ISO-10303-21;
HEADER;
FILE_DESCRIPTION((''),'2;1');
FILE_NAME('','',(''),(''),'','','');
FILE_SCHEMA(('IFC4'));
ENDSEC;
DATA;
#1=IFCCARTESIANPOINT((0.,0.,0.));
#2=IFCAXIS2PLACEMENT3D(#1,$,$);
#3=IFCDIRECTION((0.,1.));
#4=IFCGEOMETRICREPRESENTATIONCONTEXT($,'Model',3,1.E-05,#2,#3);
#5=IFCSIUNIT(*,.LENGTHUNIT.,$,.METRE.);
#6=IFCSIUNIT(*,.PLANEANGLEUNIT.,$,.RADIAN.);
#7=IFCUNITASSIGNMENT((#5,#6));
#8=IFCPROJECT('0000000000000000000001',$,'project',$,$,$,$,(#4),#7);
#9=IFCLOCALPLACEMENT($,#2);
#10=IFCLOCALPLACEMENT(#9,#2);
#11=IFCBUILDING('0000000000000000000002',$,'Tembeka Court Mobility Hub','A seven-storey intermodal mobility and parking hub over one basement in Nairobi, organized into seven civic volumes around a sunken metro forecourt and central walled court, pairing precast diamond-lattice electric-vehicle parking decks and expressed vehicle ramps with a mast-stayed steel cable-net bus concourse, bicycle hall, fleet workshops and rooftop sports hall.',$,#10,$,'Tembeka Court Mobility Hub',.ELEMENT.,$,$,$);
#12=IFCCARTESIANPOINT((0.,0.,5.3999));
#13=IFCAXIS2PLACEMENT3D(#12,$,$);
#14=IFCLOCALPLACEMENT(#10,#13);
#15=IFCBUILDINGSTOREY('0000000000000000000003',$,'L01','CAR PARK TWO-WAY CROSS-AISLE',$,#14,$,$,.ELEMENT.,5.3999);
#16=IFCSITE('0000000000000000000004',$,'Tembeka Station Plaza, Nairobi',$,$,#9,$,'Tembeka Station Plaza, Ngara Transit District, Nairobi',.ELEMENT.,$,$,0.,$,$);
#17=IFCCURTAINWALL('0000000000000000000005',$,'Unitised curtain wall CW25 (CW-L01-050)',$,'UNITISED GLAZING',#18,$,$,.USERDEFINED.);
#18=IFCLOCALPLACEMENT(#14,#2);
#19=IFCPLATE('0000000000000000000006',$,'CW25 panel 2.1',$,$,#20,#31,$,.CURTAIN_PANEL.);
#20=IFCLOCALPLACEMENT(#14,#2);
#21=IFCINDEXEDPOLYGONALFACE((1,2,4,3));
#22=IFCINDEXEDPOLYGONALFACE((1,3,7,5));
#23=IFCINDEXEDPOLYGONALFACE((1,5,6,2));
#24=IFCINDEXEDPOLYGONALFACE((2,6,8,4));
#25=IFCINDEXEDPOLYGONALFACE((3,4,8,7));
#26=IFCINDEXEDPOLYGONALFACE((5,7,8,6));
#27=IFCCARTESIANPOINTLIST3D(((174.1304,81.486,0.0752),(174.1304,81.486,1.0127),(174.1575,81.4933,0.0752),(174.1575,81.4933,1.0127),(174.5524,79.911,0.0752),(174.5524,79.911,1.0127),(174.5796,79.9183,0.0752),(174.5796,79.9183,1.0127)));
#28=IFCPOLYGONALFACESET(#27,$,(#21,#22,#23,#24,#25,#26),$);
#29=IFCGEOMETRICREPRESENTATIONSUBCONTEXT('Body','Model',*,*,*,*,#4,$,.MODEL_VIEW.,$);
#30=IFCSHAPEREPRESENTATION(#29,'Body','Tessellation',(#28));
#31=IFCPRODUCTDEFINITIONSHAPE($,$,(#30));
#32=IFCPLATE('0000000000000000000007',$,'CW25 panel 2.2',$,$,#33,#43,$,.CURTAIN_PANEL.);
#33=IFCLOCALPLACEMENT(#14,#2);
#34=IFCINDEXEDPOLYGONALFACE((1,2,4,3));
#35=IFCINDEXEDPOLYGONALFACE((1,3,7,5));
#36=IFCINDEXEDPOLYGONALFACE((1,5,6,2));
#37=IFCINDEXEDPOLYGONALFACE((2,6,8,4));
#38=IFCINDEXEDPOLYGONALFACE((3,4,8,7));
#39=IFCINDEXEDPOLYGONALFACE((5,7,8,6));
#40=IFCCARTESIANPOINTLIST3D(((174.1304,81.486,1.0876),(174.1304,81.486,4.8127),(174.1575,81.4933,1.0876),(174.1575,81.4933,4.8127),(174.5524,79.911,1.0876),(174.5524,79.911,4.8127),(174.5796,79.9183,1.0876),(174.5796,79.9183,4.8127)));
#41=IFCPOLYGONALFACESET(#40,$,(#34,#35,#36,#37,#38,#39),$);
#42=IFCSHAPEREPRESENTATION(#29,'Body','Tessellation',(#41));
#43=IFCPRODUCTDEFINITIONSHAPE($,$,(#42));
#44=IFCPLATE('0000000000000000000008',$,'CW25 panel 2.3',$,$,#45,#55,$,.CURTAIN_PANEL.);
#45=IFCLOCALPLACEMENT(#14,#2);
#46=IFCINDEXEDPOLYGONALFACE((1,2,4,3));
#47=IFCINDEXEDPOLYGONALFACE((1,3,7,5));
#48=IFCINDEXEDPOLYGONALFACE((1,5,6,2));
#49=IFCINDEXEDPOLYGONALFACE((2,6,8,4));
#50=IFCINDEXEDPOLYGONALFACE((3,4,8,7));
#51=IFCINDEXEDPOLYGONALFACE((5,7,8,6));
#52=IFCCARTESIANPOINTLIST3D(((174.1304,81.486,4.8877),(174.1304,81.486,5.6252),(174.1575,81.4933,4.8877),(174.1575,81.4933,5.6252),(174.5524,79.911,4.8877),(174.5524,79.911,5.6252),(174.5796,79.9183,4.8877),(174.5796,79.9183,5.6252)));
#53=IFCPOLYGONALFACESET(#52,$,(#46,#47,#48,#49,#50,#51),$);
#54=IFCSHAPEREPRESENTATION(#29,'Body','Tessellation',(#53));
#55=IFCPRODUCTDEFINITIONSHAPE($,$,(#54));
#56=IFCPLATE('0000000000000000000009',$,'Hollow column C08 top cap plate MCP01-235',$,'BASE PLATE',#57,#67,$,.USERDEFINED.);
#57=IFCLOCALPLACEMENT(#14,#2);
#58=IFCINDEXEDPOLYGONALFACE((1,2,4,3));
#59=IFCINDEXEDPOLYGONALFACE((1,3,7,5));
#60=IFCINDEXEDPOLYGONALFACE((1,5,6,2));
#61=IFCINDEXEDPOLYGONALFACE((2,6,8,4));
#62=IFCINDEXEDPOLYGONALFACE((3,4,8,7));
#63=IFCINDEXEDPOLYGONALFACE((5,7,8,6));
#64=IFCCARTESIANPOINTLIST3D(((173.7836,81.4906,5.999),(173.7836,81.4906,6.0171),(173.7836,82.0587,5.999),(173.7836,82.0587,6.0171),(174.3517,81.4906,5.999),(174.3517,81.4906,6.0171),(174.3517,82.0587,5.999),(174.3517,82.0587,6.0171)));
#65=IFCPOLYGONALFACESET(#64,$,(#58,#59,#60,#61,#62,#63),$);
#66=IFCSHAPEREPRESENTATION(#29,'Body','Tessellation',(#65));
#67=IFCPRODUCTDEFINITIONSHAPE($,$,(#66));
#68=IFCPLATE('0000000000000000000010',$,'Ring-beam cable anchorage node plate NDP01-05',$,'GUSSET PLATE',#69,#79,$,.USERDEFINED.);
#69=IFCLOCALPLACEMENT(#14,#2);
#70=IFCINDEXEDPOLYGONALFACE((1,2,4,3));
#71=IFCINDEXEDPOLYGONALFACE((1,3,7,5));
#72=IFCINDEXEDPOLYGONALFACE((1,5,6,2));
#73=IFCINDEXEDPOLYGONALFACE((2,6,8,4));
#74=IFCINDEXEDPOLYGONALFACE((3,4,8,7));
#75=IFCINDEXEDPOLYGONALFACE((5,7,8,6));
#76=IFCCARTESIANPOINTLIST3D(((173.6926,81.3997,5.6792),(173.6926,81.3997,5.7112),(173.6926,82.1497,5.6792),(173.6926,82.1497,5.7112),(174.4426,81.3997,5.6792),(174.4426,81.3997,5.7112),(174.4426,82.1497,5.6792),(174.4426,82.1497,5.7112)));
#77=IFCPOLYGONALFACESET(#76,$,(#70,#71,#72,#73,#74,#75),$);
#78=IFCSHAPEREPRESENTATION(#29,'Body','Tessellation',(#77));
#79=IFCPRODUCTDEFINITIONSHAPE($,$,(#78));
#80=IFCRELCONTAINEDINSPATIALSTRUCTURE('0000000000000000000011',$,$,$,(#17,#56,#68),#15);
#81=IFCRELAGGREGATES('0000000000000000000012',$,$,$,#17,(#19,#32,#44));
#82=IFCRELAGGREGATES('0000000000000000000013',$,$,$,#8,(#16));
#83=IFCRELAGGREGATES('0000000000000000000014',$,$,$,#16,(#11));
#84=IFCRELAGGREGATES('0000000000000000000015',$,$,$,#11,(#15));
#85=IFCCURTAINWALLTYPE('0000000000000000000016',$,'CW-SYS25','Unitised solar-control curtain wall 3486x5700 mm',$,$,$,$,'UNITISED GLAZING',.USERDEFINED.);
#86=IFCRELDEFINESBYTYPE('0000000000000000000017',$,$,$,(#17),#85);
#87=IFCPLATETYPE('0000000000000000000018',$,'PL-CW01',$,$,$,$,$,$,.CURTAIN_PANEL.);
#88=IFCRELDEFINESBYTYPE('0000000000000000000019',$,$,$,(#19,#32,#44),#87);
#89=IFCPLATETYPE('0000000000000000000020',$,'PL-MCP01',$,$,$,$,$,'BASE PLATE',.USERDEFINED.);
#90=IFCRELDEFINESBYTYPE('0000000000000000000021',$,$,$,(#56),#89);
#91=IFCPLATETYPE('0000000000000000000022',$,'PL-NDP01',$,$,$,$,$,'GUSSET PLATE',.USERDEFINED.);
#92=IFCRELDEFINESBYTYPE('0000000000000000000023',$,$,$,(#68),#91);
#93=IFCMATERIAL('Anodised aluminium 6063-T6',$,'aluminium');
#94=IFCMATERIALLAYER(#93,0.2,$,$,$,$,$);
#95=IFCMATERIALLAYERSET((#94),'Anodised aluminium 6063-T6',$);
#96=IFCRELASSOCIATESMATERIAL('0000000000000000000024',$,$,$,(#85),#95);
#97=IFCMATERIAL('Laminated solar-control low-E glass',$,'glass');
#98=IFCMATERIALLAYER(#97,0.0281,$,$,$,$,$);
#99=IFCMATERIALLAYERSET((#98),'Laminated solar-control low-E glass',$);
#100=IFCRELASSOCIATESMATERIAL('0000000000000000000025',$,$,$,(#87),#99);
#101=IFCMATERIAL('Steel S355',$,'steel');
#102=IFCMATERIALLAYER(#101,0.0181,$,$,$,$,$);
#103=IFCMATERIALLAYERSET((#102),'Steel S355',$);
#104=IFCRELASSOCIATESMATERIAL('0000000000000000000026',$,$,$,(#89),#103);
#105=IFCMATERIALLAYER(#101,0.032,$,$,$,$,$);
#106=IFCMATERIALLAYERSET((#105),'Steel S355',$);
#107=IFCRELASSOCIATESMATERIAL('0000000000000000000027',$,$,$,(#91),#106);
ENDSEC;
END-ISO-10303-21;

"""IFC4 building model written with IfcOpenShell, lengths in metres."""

from ifc_helpers import new_model, si_unit, direction, frame, origin, origin_2d, place, context, subcontext, project, spatial, rectangle, extrude, material, layer, layer_set, type_object, element, aggregate, save


model = new_model("IFC4")

# Units and contexts
model_context = context("Model", 3, precision=1e-05, world=origin(), true_north=direction((0.0, 1.0)))
body_context = subcontext(model_context, "Body", "Model", "MODEL_VIEW")
ifc_project = project(units=[si_unit("LENGTHUNIT", "METRE"), si_unit("PLANEANGLEUNIT", "RADIAN")], contexts=[model_context])

# Site, building, storey
site_placement = place(None, origin())
site = spatial("IfcSite", under=ifc_project, at=site_placement, Name="Tembeka Station Plaza, Nairobi", LongName="Tembeka Station Plaza, Ngara Transit District, Nairobi", CompositionType="ELEMENT", RefElevation=0.0)
building_placement = place(site_placement, origin())
building = spatial("IfcBuilding", under=site, at=building_placement, Name="Tembeka Court Mobility Hub", Description="A seven-storey intermodal mobility and parking hub over one basement in Nairobi, organized into seven civic volumes around a sunken metro forecourt and central walled court, pairing precast diamond-lattice electric-vehicle parking decks and expressed vehicle ramps with a mast-stayed steel cable-net bus concourse, bicycle hall, fleet workshops and rooftop sports hall.", LongName="Tembeka Court Mobility Hub", CompositionType="ELEMENT")
storey_placement = place(building_placement, frame((0.0, 0.0, 5.3999)))
storey = spatial("IfcBuildingStorey", under=building, at=storey_placement, Name="L01", Description="CAR PARK TWO-WAY CROSS-AISLE", CompositionType="ELEMENT", Elevation=5.3999)

# Shared definitions
ifc_material_1 = material(Name="Steel S355", Category="steel")

# Curtain wall
ifc_material_2 = material(Name="Anodised aluminium 6063-T6", Category="aluminium")
ifc_layer_1 = layer(ifc_material_2, 0.2)
ifc_layer_set_1 = layer_set([ifc_layer_1], Name="Anodised aluminium 6063-T6")
curtain_wall_type = type_object("IfcCurtainWallType", Name="CW-SYS25", Description="Unitised solar-control curtain wall 3486x5700 mm", ElementType="UNITISED GLAZING", PredefinedType="USERDEFINED", material=ifc_layer_set_1)
curtain_wall_1_placement = place(storey_placement, origin())
curtain_wall_1 = element("IfcCurtainWall", 1, at=curtain_wall_1_placement, inside=storey, type_object=curtain_wall_type, Name="Unitised curtain wall CW25 (CW-L01-050)", ObjectType="UNITISED GLAZING", PredefinedType="USERDEFINED")

# Plates
ifc_material_3 = material(Name="Laminated solar-control low-E glass", Category="glass")
ifc_layer_2 = layer(ifc_material_3, 0.0281)
ifc_layer_set_2 = layer_set([ifc_layer_2], Name="Laminated solar-control low-E glass")
plate_type_1 = type_object("IfcPlateType", Name="PL-CW01", PredefinedType="CURTAIN_PANEL", material=ifc_layer_set_2)
plate_1_placement = place(storey_placement, frame((174.355, 80.7021, 0.0752), z_axis=(0.0, 0.0, 1.0), x_axis=(-0.258828, 0.965923, 0.0)))
plate_1 = element("IfcPlate", 2, at=plate_1_placement, type_object=plate_type_1, Name="CW25 panel 2.1", PredefinedType="CURTAIN_PANEL", context=body_context, shape_type="SweptSolid", body=[
    extrude(rectangle(XDim=1.6306, YDim=0.0281, at=origin_2d()), origin(), (0.0, 0.0, 1.0), 0.9375),
])
plate_2_placement = place(storey_placement, frame((174.355, 80.7021, 1.0876), z_axis=(0.0, 0.0, 1.0), x_axis=(-0.258828, 0.965923, 0.0)))
plate_2 = element("IfcPlate", 3, at=plate_2_placement, type_object=plate_type_1, Name="CW25 panel 2.2", PredefinedType="CURTAIN_PANEL", context=body_context, shape_type="SweptSolid", body=[
    extrude(rectangle(XDim=1.6306, YDim=0.0281, at=origin_2d()), origin(), (0.0, 0.0, 1.0), 3.7251),
])
plate_3_placement = place(storey_placement, frame((174.355, 80.7021, 4.8877), z_axis=(0.0, 0.0, 1.0), x_axis=(-0.258828, 0.965923, 0.0)))
plate_3 = element("IfcPlate", 4, at=plate_3_placement, type_object=plate_type_1, Name="CW25 panel 2.3", PredefinedType="CURTAIN_PANEL", context=body_context, shape_type="SweptSolid", body=[
    extrude(rectangle(XDim=1.6306, YDim=0.0281, at=origin_2d()), origin(), (0.0, 0.0, 1.0), 0.7375),
])
aggregate(curtain_wall_1, [plate_1, plate_2, plate_3])

# Plates
ifc_layer_3 = layer(ifc_material_1, 0.0181)
ifc_layer_set_3 = layer_set([ifc_layer_3], Name="Steel S355")
plate_type_2 = type_object("IfcPlateType", Name="PL-MCP01", ElementType="BASE PLATE", PredefinedType="USERDEFINED", material=ifc_layer_set_3)
plate_4_placement = place(storey_placement, frame((174.0676, 81.7747, 5.999), z_axis=(0.0, 0.0, 1.0), x_axis=(1.0, 0.0, 0.0)))
element("IfcPlate", 5, at=plate_4_placement, inside=storey, type_object=plate_type_2, Name="Hollow column C08 top cap plate MCP01-235", ObjectType="BASE PLATE", PredefinedType="USERDEFINED", context=body_context, shape_type="SweptSolid", body=[
    extrude(rectangle(XDim=0.5681, YDim=0.5681, at=origin_2d()), origin(), (0.0, 0.0, 1.0), 0.0181),
])
ifc_layer_4 = layer(ifc_material_1, 0.032)
ifc_layer_set_4 = layer_set([ifc_layer_4], Name="Steel S355")
plate_type_3 = type_object("IfcPlateType", Name="PL-NDP01", ElementType="GUSSET PLATE", PredefinedType="USERDEFINED", material=ifc_layer_set_4)
plate_5_placement = place(storey_placement, frame((174.0676, 81.7747, 5.6792), z_axis=(0.0, 0.0, 1.0), x_axis=(1.0, 0.0, 0.0)))
element("IfcPlate", 6, at=plate_5_placement, inside=storey, type_object=plate_type_3, Name="Ring-beam cable anchorage node plate NDP01-05", ObjectType="GUSSET PLATE", PredefinedType="USERDEFINED", context=body_context, shape_type="SweptSolid", body=[
    extrude(rectangle(XDim=0.75, YDim=0.75, at=origin_2d()), origin(), (0.0, 0.0, 1.0), 0.032),
])

save(model, "model.ifc")
